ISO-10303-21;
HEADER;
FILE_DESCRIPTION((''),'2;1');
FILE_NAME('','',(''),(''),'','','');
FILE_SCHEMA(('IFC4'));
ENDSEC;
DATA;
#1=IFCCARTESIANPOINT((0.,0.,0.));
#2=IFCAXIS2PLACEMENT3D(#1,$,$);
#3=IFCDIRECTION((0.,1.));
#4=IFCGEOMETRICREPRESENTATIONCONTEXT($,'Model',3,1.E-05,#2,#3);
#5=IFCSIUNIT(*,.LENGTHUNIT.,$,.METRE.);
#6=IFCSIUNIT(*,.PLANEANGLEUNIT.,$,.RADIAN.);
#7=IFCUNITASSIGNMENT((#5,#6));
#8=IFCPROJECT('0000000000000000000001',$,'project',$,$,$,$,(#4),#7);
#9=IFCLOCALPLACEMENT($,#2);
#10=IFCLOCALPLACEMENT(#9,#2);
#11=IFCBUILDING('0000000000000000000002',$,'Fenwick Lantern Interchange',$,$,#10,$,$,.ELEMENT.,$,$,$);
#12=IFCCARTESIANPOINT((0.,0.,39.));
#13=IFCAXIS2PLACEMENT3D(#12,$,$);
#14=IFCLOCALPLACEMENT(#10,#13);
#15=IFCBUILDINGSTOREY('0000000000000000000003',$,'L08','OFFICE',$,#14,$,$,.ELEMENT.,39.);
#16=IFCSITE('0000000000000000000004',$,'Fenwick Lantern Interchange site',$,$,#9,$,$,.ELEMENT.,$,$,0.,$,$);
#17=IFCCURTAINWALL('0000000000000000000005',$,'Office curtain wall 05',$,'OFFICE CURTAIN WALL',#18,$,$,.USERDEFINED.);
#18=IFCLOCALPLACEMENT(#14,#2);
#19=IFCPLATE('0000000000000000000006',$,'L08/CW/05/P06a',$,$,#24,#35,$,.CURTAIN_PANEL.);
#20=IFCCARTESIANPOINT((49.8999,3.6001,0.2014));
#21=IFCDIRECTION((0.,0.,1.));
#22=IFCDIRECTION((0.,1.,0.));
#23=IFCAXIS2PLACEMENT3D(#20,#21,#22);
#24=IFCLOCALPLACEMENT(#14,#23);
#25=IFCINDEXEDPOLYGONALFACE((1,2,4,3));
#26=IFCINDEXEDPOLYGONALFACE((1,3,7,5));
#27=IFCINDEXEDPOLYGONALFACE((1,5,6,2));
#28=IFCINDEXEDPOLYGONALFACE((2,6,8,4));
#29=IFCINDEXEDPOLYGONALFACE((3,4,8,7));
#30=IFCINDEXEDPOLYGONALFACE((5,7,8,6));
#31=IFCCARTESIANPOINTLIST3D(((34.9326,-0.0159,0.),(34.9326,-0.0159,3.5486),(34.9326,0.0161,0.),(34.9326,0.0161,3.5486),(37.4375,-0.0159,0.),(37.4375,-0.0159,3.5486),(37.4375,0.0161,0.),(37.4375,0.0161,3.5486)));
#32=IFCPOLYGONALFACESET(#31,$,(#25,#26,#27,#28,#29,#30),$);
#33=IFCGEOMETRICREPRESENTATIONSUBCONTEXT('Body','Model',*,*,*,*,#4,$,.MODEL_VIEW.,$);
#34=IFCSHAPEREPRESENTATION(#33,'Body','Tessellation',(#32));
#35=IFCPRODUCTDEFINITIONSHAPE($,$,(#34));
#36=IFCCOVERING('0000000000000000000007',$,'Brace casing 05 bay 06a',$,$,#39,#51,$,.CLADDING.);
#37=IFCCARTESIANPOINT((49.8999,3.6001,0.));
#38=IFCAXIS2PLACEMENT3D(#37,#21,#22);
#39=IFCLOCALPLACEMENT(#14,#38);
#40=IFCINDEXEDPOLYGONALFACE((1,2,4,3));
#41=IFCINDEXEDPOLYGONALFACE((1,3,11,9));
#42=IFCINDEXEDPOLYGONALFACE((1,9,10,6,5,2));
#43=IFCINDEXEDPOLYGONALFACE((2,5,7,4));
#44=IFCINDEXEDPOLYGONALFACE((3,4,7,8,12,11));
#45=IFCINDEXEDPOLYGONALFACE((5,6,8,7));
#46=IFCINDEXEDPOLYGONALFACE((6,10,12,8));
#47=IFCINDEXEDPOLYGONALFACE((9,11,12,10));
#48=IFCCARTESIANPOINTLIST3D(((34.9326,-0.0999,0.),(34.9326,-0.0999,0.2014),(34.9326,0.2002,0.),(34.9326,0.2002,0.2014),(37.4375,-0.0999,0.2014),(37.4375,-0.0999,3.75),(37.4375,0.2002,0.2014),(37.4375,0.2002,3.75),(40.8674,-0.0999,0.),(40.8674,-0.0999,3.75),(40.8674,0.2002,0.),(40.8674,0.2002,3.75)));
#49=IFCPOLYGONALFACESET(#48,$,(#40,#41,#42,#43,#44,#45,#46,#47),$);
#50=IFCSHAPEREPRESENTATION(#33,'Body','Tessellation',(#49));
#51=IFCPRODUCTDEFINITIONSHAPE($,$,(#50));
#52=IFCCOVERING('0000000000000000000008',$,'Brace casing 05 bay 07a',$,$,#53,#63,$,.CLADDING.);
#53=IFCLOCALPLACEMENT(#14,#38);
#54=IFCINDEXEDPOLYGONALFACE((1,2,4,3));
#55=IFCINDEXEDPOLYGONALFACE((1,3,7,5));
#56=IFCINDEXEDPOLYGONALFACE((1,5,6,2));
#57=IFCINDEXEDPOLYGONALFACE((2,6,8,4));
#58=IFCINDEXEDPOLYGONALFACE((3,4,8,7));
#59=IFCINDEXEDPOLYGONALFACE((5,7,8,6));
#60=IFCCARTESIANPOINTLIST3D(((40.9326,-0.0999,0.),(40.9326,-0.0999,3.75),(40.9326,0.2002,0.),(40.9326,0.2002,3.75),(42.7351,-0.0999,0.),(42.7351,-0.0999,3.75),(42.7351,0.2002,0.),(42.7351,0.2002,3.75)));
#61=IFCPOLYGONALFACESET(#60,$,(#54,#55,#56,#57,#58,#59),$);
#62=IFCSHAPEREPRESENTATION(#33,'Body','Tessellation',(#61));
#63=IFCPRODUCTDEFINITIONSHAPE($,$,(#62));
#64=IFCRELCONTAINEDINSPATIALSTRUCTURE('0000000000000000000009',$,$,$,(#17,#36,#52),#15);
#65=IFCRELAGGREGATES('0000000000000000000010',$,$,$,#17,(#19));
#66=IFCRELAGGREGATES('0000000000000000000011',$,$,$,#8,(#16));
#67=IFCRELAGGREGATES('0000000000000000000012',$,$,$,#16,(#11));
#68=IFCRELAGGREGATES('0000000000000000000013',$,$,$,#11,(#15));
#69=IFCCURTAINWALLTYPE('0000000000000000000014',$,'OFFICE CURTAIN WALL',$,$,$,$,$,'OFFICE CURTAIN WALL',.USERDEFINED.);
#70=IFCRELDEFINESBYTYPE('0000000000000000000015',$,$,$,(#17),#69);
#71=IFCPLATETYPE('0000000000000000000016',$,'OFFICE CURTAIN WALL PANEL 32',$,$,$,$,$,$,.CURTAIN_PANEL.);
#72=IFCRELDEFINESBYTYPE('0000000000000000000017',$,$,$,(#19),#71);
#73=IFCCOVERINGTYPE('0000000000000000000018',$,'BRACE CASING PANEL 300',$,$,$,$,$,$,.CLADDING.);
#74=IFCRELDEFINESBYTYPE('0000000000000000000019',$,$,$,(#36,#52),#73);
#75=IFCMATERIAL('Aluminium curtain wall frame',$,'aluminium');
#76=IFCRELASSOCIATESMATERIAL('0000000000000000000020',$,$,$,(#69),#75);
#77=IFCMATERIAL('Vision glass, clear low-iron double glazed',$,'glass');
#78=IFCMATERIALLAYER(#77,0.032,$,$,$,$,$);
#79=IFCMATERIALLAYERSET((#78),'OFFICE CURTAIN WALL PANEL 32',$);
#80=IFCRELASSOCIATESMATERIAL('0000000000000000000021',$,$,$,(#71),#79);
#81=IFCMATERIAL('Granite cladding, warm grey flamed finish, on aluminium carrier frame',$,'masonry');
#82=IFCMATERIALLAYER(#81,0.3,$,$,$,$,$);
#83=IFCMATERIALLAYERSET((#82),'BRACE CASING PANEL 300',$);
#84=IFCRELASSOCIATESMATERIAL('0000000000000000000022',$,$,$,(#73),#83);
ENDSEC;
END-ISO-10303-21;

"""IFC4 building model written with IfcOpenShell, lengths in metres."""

from ifc_helpers import new_model, si_unit, direction, frame, origin, place, context, subcontext, project, spatial, polyline, outline, extrude, material, layer, layer_set, type_object, element, aggregate, save


model = new_model("IFC4")

# Units and contexts
model_context = context("Model", 3, precision=1e-05, world=origin(), true_north=direction((0.0, 1.0)))
body_context = subcontext(model_context, "Body", "Model", "MODEL_VIEW")
ifc_project = project(units=[si_unit("LENGTHUNIT", "METRE"), si_unit("PLANEANGLEUNIT", "RADIAN")], contexts=[model_context])

# Site, building, storey
site_placement = place(None, origin())
site = spatial("IfcSite", under=ifc_project, at=site_placement, Name="Fenwick Lantern Interchange site", CompositionType="ELEMENT", RefElevation=0.0)
building_placement = place(site_placement, origin())
building = spatial("IfcBuilding", under=site, at=building_placement, Name="Fenwick Lantern Interchange", CompositionType="ELEMENT")
storey_placement = place(building_placement, frame((0.0, 0.0, 39.0)))
storey = spatial("IfcBuildingStorey", under=building, at=storey_placement, Name="L08", Description="OFFICE", CompositionType="ELEMENT", Elevation=39.0)

# Curtain wall, plate
ifc_material_1 = material(Name="Aluminium curtain wall frame", Category="aluminium")
curtain_wall_type = type_object("IfcCurtainWallType", Name="OFFICE CURTAIN WALL", ElementType="OFFICE CURTAIN WALL", PredefinedType="USERDEFINED", material=ifc_material_1)
curtain_wall_placement = place(storey_placement, origin())
curtain_wall = element("IfcCurtainWall", 1, at=curtain_wall_placement, inside=storey, type_object=curtain_wall_type, Name="Office curtain wall 05", ObjectType="OFFICE CURTAIN WALL", PredefinedType="USERDEFINED")
ifc_material_2 = material(Name="Vision glass, clear low-iron double glazed", Category="glass")
ifc_layer_1 = layer(ifc_material_2, 0.032)
ifc_layer_set_1 = layer_set([ifc_layer_1], Name="OFFICE CURTAIN WALL PANEL 32")
plate_type = type_object("IfcPlateType", Name="OFFICE CURTAIN WALL PANEL 32", PredefinedType="CURTAIN_PANEL", material=ifc_layer_set_1)
plate_placement = place(storey_placement, frame((49.8999, 3.6001, 0.2014), z_axis=(0.0, 0.0, 1.0), x_axis=(0.0, 1.0, 0.0)))
plate = element("IfcPlate", 2, at=plate_placement, type_object=plate_type, Name="L08/CW/05/P06a", PredefinedType="CURTAIN_PANEL", context=body_context, shape_type="SweptSolid", body=[
    extrude(outline(polyline([(34.9326, 0.0), (37.4375, 0.0), (37.4375, 3.5486), (34.9326, 3.5486), (34.9326, 0.0)])), frame((0.0, 0.0161, 0.0), z_axis=(0.0, -1.0, 0.0), x_axis=(1.0, 0.0, 0.0)), (0.0, 0.0, 1.0), 0.032),
])
aggregate(curtain_wall, [plate])

# Coverings
ifc_material_3 = material(Name="Granite cladding, warm grey flamed finish, on aluminium carrier frame", Category="masonry")
ifc_layer_2 = layer(ifc_material_3, 0.3)
ifc_layer_set_2 = layer_set([ifc_layer_2], Name="BRACE CASING PANEL 300")
covering_type = type_object("IfcCoveringType", Name="BRACE CASING PANEL 300", PredefinedType="CLADDING", material=ifc_layer_set_2)
covering_1_placement = place(storey_placement, frame((49.8999, 3.6001, 0.0), z_axis=(0.0, 0.0, 1.0), x_axis=(0.0, 1.0, 0.0)))
element("IfcCovering", 3, at=covering_1_placement, inside=storey, type_object=covering_type, Name="Brace casing 05 bay 06a", PredefinedType="CLADDING", context=body_context, shape_type="SweptSolid", body=[
    extrude(outline(polyline([(34.9326, 0.0), (40.8674, 0.0), (40.8674, 3.75), (37.4375, 3.75), (37.4375, 0.2014), (34.9326, 0.2014), (34.9326, 0.0)])), frame((0.0, 0.2002, 0.0), z_axis=(0.0, -1.0, 0.0), x_axis=(1.0, 0.0, 0.0)), (0.0, 0.0, 1.0), 0.3),
])
covering_2_placement = place(storey_placement, frame((49.8999, 3.6001, 0.0), z_axis=(0.0, 0.0, 1.0), x_axis=(0.0, 1.0, 0.0)))
element("IfcCovering", 4, at=covering_2_placement, inside=storey, type_object=covering_type, Name="Brace casing 05 bay 07a", PredefinedType="CLADDING", context=body_context, shape_type="SweptSolid", body=[
    extrude(outline(polyline([(40.9326, 0.0), (42.7351, 0.0), (42.7351, 3.75), (40.9326, 3.75), (40.9326, 0.0)])), frame((0.0, 0.2002, 0.0), z_axis=(0.0, -1.0, 0.0), x_axis=(1.0, 0.0, 0.0)), (0.0, 0.0, 1.0), 0.3),
])

save(model, "model.ifc")
